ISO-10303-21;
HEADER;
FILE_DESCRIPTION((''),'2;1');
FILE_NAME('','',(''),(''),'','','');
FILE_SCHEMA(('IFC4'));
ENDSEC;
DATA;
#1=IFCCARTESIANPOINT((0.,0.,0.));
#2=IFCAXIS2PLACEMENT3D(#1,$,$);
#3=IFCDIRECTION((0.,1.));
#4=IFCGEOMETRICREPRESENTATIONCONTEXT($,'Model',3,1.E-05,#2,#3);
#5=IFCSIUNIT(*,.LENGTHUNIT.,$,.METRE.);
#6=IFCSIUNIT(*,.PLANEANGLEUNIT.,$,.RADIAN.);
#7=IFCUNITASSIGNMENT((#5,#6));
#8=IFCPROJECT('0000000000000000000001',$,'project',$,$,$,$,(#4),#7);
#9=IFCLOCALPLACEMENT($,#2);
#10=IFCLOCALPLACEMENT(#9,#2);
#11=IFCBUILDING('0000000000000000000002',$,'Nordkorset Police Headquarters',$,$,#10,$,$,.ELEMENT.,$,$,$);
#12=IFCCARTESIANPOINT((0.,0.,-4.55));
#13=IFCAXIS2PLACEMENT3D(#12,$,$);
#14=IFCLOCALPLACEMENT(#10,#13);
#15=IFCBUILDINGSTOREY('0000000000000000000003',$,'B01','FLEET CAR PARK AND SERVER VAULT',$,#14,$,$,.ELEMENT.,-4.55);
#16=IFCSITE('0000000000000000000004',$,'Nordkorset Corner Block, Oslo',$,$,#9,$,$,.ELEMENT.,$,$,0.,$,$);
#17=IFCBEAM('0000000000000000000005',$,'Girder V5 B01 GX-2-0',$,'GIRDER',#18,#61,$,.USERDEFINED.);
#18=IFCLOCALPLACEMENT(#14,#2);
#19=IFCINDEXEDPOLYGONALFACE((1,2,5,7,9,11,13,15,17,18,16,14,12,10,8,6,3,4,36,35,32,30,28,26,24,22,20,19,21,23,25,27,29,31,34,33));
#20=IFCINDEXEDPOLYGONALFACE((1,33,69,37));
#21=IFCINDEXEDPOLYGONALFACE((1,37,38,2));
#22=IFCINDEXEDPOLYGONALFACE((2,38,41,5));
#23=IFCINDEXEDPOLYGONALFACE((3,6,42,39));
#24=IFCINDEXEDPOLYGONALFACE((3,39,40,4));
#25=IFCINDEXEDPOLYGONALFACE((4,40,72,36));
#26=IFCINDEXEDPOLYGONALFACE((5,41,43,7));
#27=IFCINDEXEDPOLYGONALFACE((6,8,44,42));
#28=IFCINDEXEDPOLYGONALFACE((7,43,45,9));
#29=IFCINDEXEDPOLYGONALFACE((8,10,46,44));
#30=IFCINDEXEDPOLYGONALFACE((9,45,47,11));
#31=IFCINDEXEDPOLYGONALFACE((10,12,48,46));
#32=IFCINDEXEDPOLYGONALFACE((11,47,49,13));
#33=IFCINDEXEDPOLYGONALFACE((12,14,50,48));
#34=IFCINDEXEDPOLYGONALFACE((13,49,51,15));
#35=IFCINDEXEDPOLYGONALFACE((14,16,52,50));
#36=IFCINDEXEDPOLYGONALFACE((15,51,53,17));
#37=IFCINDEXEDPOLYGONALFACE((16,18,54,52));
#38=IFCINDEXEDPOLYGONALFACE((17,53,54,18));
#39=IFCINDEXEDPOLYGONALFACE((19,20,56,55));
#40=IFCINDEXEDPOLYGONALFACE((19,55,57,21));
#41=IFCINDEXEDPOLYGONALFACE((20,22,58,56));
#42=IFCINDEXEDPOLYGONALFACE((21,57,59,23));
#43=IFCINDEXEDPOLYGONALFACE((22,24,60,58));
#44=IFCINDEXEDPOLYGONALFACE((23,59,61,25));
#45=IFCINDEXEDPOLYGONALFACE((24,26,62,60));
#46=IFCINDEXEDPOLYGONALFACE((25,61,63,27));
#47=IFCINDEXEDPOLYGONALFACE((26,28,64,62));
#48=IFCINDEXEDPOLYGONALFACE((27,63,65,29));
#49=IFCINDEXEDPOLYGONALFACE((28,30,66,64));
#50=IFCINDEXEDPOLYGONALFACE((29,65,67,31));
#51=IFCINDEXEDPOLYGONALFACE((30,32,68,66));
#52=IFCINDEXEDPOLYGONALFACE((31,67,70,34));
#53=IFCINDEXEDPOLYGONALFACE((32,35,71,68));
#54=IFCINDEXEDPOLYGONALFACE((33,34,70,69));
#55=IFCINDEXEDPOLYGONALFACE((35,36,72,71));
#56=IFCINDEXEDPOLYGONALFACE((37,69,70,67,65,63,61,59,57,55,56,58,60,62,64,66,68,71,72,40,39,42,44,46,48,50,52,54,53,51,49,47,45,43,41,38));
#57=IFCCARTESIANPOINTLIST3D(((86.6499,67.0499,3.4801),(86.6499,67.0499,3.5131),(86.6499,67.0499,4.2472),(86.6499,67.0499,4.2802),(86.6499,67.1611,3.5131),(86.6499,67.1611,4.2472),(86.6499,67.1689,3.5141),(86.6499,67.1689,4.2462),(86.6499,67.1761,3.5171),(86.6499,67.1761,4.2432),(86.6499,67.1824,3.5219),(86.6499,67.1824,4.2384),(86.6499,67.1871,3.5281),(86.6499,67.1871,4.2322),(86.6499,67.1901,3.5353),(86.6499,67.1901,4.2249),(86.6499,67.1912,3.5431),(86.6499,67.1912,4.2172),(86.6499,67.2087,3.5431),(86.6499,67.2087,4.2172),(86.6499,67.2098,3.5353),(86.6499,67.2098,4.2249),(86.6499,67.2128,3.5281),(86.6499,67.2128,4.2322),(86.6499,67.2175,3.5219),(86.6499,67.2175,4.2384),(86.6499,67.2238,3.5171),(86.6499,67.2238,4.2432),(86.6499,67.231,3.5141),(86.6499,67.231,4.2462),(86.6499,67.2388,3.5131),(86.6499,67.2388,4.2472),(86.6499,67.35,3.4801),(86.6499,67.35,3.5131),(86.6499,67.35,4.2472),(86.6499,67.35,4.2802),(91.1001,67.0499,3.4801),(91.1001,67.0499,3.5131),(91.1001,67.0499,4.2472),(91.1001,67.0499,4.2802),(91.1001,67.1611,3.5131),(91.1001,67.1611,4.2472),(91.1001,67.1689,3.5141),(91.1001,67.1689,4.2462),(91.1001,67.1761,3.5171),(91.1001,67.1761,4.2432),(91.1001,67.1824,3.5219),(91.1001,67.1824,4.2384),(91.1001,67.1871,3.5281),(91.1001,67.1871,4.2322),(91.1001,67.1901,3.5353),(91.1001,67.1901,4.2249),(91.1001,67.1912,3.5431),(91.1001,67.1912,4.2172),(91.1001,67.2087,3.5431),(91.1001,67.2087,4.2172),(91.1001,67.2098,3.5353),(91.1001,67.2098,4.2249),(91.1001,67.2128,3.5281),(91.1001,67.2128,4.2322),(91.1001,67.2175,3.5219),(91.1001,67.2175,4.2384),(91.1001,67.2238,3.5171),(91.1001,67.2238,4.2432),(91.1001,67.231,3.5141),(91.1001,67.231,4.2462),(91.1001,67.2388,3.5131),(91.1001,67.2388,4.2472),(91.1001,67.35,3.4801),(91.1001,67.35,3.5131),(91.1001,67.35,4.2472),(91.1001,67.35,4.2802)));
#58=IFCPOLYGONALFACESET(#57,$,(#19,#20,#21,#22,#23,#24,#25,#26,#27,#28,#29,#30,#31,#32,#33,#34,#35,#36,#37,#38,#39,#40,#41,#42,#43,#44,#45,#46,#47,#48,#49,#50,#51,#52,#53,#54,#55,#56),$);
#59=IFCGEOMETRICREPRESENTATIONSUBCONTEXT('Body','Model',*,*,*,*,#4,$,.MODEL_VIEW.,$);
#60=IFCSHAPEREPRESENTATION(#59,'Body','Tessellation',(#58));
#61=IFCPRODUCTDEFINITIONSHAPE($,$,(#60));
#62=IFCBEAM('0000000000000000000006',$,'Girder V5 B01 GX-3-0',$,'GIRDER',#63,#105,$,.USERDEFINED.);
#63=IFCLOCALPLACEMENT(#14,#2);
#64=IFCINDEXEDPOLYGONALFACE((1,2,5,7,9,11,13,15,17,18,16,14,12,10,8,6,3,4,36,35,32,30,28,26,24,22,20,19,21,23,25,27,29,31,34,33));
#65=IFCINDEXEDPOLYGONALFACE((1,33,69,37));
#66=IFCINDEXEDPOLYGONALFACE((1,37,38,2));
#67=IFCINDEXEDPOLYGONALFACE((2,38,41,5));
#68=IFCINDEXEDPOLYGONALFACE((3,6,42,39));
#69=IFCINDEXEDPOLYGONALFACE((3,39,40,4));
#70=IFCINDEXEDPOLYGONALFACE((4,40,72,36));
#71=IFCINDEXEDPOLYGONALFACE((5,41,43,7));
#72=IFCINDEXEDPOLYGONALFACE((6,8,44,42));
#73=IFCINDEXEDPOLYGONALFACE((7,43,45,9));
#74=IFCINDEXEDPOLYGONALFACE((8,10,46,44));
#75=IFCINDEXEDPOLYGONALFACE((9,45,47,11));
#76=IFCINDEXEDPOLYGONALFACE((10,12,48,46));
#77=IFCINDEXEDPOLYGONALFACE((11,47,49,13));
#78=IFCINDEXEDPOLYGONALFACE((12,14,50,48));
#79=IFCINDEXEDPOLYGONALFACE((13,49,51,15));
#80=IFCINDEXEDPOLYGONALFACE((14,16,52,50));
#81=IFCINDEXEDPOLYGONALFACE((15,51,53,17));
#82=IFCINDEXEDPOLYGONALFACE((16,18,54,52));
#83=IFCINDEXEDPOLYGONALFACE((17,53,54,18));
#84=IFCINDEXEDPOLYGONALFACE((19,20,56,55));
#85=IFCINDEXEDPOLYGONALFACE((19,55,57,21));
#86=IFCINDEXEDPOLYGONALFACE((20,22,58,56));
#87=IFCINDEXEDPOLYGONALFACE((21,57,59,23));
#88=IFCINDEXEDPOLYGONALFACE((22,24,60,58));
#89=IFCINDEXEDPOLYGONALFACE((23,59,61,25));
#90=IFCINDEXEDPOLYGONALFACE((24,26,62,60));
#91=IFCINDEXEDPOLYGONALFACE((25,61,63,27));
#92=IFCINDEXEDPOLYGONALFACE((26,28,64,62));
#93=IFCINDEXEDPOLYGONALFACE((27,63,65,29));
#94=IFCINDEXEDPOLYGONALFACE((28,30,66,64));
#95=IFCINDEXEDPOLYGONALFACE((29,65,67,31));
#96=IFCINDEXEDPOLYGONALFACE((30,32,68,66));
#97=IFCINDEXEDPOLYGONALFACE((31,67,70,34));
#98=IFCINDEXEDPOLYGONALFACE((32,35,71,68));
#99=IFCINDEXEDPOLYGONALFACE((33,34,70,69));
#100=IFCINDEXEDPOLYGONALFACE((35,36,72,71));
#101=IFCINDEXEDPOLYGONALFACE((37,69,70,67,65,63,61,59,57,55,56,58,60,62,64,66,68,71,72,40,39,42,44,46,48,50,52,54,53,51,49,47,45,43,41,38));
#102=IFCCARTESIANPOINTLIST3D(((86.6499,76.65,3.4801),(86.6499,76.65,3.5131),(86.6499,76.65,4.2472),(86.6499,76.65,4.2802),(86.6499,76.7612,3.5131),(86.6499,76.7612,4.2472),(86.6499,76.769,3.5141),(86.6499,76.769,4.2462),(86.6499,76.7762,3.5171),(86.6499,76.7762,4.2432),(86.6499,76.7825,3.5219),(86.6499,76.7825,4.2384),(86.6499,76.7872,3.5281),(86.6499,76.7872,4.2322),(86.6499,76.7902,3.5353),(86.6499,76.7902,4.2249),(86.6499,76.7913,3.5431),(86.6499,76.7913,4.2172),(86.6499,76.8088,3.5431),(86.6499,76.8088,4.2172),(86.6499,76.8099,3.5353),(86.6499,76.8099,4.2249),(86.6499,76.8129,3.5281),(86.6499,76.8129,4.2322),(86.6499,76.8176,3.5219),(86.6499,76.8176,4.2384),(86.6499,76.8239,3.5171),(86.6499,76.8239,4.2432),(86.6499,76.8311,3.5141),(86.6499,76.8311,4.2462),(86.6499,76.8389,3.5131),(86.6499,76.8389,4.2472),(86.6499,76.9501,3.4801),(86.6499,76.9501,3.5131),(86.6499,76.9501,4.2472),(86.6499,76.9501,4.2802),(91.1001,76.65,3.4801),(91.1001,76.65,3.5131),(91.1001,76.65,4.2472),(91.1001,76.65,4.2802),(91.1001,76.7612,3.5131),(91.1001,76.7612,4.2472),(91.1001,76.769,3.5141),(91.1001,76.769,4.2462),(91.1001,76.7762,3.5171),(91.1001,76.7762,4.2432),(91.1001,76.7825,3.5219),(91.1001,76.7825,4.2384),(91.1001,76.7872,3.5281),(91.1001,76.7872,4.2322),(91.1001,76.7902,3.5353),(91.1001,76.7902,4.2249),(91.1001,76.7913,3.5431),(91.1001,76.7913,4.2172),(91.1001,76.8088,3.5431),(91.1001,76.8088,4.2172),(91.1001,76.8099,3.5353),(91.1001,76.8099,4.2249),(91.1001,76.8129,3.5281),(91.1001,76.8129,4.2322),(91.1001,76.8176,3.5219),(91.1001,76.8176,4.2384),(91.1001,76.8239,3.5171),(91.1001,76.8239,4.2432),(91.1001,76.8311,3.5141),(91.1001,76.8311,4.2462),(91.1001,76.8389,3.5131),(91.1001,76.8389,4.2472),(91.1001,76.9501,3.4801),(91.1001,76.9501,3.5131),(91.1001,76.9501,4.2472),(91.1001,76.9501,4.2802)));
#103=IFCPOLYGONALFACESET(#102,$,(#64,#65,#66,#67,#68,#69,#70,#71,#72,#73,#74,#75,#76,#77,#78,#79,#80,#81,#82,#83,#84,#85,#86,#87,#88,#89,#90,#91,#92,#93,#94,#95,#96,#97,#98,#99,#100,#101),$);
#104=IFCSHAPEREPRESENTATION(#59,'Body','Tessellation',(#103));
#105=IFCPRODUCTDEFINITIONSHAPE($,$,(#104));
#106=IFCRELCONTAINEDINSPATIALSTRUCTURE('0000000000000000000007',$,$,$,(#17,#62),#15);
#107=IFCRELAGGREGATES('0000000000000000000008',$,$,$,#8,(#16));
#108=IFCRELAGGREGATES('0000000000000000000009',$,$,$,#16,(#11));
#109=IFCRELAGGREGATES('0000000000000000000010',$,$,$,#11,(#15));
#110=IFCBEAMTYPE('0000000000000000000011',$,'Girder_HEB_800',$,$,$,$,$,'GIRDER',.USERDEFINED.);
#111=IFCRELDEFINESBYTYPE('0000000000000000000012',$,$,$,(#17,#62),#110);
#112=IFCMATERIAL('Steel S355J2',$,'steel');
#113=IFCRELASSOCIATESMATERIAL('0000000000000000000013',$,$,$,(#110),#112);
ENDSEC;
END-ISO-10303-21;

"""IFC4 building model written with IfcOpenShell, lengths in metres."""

from ifc_helpers import new_model, si_unit, direction, frame, origin, origin_2d, place, context, subcontext, project, spatial, i_section, extrude, material, material_profile, profile_set, type_object, element, save


model = new_model("IFC4")

# Units and contexts
model_context = context("Model", 3, precision=1e-05, world=origin(), true_north=direction((0.0, 1.0)))
body_context = subcontext(model_context, "Body", "Model", "MODEL_VIEW")
ifc_project = project(units=[si_unit("LENGTHUNIT", "METRE"), si_unit("PLANEANGLEUNIT", "RADIAN")], contexts=[model_context])

# Site, building, storey
site_placement = place(None, origin())
site = spatial("IfcSite", under=ifc_project, at=site_placement, Name="Nordkorset Corner Block, Oslo", CompositionType="ELEMENT", RefElevation=0.0)
building_placement = place(site_placement, origin())
building = spatial("IfcBuilding", under=site, at=building_placement, Name="Nordkorset Police Headquarters", CompositionType="ELEMENT")
storey_placement = place(building_placement, frame((0.0, 0.0, -4.55)))
storey = spatial("IfcBuildingStorey", under=building, at=storey_placement, Name="B01", Description="FLEET CAR PARK AND SERVER VAULT", CompositionType="ELEMENT", Elevation=-4.55)

# Beams
ifc_material_1 = material(Name="Steel S355J2", Category="steel")
ifc_material_profile_1 = material_profile(ifc_material_1, i_section(OverallWidth=0.3, OverallDepth=0.8, WebThickness=0.0176, FlangeThickness=0.033, FilletRadius=0.03, at=origin_2d()), Name="HEB 800")
ifc_profile_set_1 = profile_set([ifc_material_profile_1], Name="Steel S355J2")
beam_type_1 = type_object("IfcBeamType", Name="Girder_HEB_800", ElementType="GIRDER", PredefinedType="USERDEFINED", material=ifc_profile_set_1)
for number, where, z_axis, x_axis, name in (
    (1, (86.6499, 67.2, 3.8801), (1.0, 0.0, 0.0), (0.0, 1.0, 0.0), "Girder V5 B01 GX-2-0"),
    (2, (86.6499, 76.8, 3.8801), (1.0, 0.0, 0.0), (0.0, 1.0, 0.0), "Girder V5 B01 GX-3-0"),
):
    element("IfcBeam", number, at=place(storey_placement, frame(where, z_axis=z_axis, x_axis=x_axis)), inside=storey, type_object=beam_type_1, Name=name, ObjectType="GIRDER", PredefinedType="USERDEFINED", context=body_context, shape_type="SweptSolid", body=[
        extrude(i_section(OverallWidth=0.3, OverallDepth=0.8, WebThickness=0.0176, FlangeThickness=0.033, FilletRadius=0.03, at=origin_2d()), origin(), (0.0, 0.0, 1.0), 4.4502),
    ])

save(model, "model.ifc")
